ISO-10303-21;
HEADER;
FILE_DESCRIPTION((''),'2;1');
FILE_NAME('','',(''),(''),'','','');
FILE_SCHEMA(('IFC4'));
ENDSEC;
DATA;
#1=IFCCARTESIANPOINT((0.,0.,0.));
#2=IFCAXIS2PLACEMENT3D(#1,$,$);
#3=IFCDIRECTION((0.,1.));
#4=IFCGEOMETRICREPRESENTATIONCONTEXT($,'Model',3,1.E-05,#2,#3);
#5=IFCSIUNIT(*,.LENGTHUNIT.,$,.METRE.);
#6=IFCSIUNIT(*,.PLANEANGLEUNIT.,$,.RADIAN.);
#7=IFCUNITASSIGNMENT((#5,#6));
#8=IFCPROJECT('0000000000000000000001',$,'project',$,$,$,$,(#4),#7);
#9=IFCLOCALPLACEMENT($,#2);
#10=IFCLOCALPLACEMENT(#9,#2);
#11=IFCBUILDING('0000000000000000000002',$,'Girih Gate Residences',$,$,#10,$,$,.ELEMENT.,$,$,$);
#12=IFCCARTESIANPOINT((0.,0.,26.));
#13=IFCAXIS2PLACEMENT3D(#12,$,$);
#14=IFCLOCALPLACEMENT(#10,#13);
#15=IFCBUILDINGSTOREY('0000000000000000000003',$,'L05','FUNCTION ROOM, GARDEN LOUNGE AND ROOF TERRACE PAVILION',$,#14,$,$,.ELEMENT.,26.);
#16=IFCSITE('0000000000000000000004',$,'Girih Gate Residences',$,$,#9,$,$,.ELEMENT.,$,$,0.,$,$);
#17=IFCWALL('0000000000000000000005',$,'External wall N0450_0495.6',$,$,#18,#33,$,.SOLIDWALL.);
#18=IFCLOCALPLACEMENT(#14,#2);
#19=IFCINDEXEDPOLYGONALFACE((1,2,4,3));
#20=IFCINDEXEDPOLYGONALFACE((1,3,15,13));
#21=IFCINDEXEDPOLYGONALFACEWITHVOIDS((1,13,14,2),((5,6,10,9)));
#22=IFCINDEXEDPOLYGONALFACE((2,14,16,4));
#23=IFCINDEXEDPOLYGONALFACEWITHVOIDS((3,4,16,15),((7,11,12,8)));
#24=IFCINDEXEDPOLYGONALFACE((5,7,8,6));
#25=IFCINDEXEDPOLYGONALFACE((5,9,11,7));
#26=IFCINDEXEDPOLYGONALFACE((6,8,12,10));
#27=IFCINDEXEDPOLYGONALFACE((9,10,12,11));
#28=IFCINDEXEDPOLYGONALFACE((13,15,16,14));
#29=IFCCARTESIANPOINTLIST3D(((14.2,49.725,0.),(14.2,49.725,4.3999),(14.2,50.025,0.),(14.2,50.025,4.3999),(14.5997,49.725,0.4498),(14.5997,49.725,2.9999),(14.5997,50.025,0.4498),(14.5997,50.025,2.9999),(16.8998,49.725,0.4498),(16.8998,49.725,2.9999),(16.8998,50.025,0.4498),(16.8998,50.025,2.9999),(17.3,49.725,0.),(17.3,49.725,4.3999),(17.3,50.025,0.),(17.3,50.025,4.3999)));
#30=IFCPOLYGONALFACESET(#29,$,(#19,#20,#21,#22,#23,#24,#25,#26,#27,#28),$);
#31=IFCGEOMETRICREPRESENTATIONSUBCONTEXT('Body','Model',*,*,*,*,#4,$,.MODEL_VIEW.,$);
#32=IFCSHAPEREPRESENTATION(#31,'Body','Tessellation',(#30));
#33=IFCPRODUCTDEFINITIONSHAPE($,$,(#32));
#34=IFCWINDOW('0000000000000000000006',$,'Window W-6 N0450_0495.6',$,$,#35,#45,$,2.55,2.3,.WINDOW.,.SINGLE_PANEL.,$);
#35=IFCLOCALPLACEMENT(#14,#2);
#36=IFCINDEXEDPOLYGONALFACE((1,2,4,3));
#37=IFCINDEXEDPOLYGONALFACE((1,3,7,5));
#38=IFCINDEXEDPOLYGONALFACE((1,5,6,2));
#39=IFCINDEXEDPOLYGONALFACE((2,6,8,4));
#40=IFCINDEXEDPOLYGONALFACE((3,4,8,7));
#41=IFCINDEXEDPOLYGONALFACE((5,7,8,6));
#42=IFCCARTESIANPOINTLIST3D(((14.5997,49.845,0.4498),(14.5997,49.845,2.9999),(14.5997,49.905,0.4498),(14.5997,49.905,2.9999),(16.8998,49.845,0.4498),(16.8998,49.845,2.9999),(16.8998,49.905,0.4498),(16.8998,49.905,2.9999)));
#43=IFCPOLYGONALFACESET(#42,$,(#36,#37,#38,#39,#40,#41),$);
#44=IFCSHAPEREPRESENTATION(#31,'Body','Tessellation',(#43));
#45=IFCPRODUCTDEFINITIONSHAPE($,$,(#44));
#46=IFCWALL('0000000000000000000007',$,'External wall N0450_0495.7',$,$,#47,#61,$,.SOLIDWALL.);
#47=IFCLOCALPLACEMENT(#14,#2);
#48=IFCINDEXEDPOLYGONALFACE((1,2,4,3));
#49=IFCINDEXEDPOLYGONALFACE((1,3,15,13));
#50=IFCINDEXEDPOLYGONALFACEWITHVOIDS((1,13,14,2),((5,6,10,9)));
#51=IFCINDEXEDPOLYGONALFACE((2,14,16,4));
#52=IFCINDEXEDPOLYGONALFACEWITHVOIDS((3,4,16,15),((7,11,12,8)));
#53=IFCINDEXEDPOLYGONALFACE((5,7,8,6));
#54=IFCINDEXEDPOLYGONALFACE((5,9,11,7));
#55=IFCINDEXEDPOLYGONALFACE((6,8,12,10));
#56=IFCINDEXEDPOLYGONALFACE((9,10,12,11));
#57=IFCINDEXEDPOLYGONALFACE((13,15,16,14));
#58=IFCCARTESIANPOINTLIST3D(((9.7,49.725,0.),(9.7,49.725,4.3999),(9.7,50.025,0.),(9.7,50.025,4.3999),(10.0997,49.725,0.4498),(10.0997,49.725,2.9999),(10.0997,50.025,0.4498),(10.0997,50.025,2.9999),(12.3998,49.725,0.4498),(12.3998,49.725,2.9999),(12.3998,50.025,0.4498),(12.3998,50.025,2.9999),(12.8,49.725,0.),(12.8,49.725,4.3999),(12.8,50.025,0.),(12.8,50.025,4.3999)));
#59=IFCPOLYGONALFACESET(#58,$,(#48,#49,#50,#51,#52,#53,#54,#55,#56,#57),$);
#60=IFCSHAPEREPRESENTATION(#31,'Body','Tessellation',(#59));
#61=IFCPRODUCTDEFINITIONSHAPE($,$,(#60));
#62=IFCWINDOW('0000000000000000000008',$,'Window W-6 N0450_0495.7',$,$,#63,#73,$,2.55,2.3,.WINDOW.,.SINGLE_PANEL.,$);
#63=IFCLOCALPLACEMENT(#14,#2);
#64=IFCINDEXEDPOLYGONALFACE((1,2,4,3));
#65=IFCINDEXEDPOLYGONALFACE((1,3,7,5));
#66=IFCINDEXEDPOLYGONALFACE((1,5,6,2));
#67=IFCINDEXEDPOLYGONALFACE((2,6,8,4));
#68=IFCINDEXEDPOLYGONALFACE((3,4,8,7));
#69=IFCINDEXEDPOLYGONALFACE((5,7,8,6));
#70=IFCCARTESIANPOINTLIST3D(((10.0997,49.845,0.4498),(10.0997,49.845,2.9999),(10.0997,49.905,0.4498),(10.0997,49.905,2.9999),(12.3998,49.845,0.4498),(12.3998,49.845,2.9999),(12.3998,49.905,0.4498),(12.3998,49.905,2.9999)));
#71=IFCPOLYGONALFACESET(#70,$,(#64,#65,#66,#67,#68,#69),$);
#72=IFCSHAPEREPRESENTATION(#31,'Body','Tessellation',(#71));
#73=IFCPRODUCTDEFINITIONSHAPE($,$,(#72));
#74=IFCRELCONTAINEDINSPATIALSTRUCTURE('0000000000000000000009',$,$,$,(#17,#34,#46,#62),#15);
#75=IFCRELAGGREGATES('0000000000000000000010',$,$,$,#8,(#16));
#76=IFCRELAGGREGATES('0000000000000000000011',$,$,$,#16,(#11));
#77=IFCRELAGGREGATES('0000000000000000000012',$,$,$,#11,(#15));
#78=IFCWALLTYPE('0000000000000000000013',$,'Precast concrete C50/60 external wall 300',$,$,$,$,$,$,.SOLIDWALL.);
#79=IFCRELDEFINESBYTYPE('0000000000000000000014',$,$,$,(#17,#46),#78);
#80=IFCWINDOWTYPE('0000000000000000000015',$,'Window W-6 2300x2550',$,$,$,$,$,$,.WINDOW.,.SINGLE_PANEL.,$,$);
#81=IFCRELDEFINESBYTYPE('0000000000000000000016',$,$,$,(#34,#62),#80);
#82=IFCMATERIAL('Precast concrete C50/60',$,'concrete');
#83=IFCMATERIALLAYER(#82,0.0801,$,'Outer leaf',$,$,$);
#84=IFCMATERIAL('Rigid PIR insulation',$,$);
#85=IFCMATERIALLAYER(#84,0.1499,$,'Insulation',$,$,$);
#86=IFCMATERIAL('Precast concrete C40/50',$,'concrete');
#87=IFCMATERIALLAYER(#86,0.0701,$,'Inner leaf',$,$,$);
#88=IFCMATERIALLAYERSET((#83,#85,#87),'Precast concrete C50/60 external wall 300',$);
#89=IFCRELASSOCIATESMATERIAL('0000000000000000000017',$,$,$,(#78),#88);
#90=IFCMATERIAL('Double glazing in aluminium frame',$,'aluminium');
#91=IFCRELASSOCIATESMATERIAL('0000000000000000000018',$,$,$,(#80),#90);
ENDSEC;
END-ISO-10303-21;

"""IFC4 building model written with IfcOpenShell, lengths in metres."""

from ifc_helpers import new_model, si_unit, direction, frame, frame_2d, origin, place, context, subcontext, project, spatial, rectangle, extrude, material, layer, layer_set, type_object, element, fill, save


model = new_model("IFC4")

# Units and contexts
model_context = context("Model", 3, precision=1e-05, world=origin(), true_north=direction((0.0, 1.0)))
body_context = subcontext(model_context, "Body", "Model", "MODEL_VIEW")
ifc_project = project(units=[si_unit("LENGTHUNIT", "METRE"), si_unit("PLANEANGLEUNIT", "RADIAN")], contexts=[model_context])

# Site, building, storey
site_placement = place(None, origin())
site = spatial("IfcSite", under=ifc_project, at=site_placement, Name="Girih Gate Residences", CompositionType="ELEMENT", RefElevation=0.0)
building_placement = place(site_placement, origin())
building = spatial("IfcBuilding", under=site, at=building_placement, Name="Girih Gate Residences", CompositionType="ELEMENT")
storey_placement = place(building_placement, frame((0.0, 0.0, 26.0)))
storey = spatial("IfcBuildingStorey", under=building, at=storey_placement, Name="L05", Description="FUNCTION ROOM, GARDEN LOUNGE AND ROOF TERRACE PAVILION", CompositionType="ELEMENT", Elevation=26.0)

# Walls, openings, windows
ifc_material_1 = material(Name="Precast concrete C50/60", Category="concrete")
ifc_layer_1 = layer(ifc_material_1, 0.0801, Name="Outer leaf")
ifc_material_2 = material(Name="Rigid PIR insulation")
ifc_layer_2 = layer(ifc_material_2, 0.1499, Name="Insulation")
ifc_material_3 = material(Name="Precast concrete C40/50", Category="concrete")
ifc_layer_3 = layer(ifc_material_3, 0.0701, Name="Inner leaf")
ifc_layer_set_1 = layer_set([ifc_layer_1, ifc_layer_2, ifc_layer_3], Name="Precast concrete C50/60 external wall 300")
wall_type_1 = type_object("IfcWallType", Name="Precast concrete C50/60 external wall 300", PredefinedType="SOLIDWALL", material=ifc_layer_set_1)
ifc_material_4 = material(Name="Double glazing in aluminium frame", Category="aluminium")
window_type = type_object("IfcWindowType", Name="Window W-6 2300x2550", PartitioningType="SINGLE_PANEL", PredefinedType="WINDOW", material=ifc_material_4)
wall_1_placement = place(storey_placement, frame((14.2, 49.875, 0.0), z_axis=(0.0, 0.0, 1.0), x_axis=(1.0, 0.0, 0.0)))
wall_1 = element("IfcWall", 1, at=wall_1_placement, inside=storey, type_object=wall_type_1, Name="External wall N0450_0495.6", PredefinedType="SOLIDWALL", context=body_context, shape_type="SweptSolid", body=[
    extrude(rectangle(XDim=3.1001, YDim=0.3, at=frame_2d((1.55, 0.0))), origin(), (0.0, 0.0, 1.0), 4.3999),
])
opening_1_placement = place(wall_1_placement, frame((0.3999, 0.0, 0.45)))
opening_1 = element("IfcOpeningElement", 2, at=opening_1_placement, cuts=wall_1, PredefinedType="OPENING", context=body_context, shape_type="SweptSolid", body=[
    extrude(rectangle(XDim=2.3, YDim=2.55, at=frame_2d((1.1499, 1.2749))), frame((0.0, 0.1599, 0.0), z_axis=(0.0, -1.0, 0.0), x_axis=(1.0, 0.0, 0.0)), (0.0, 0.0, 1.0), 0.3201),
])
window_1_placement = place(opening_1_placement, origin())
window_1 = element("IfcWindow", 3, at=window_1_placement, inside=storey, type_object=window_type, Name="Window W-6 N0450_0495.6", OverallHeight=2.55, OverallWidth=2.3, PartitioningType="SINGLE_PANEL", PredefinedType="WINDOW", context=body_context, shape_type="SweptSolid", body=[
    extrude(rectangle(XDim=2.3, YDim=2.55, at=frame_2d((1.1499, 1.2749))), frame((0.0, 0.03, 0.0), z_axis=(0.0, -1.0, 0.0), x_axis=(1.0, 0.0, 0.0)), (0.0, 0.0, 1.0), 0.0601),
])
fill(opening_1, window_1)
wall_2_placement = place(storey_placement, frame((9.7, 49.875, 0.0), z_axis=(0.0, 0.0, 1.0), x_axis=(1.0, 0.0, 0.0)))
wall_2 = element("IfcWall", 4, at=wall_2_placement, inside=storey, type_object=wall_type_1, Name="External wall N0450_0495.7", PredefinedType="SOLIDWALL", context=body_context, shape_type="SweptSolid", body=[
    extrude(rectangle(XDim=3.1001, YDim=0.3, at=frame_2d((1.55, 0.0))), origin(), (0.0, 0.0, 1.0), 4.3999),
])
opening_2_placement = place(wall_2_placement, frame((0.3999, 0.0, 0.45)))
opening_2 = element("IfcOpeningElement", 5, at=opening_2_placement, cuts=wall_2, PredefinedType="OPENING", context=body_context, shape_type="SweptSolid", body=[
    extrude(rectangle(XDim=2.3, YDim=2.55, at=frame_2d((1.1499, 1.2749))), frame((0.0, 0.1599, 0.0), z_axis=(0.0, -1.0, 0.0), x_axis=(1.0, 0.0, 0.0)), (0.0, 0.0, 1.0), 0.3201),
])
window_2_placement = place(opening_2_placement, origin())
window_2 = element("IfcWindow", 6, at=window_2_placement, inside=storey, type_object=window_type, Name="Window W-6 N0450_0495.7", OverallHeight=2.55, OverallWidth=2.3, PartitioningType="SINGLE_PANEL", PredefinedType="WINDOW", context=body_context, shape_type="SweptSolid", body=[
    extrude(rectangle(XDim=2.3, YDim=2.55, at=frame_2d((1.1499, 1.2749))), frame((0.0, 0.03, 0.0), z_axis=(0.0, -1.0, 0.0), x_axis=(1.0, 0.0, 0.0)), (0.0, 0.0, 1.0), 0.0601),
])
fill(opening_2, window_2)

save(model, "model.ifc")
